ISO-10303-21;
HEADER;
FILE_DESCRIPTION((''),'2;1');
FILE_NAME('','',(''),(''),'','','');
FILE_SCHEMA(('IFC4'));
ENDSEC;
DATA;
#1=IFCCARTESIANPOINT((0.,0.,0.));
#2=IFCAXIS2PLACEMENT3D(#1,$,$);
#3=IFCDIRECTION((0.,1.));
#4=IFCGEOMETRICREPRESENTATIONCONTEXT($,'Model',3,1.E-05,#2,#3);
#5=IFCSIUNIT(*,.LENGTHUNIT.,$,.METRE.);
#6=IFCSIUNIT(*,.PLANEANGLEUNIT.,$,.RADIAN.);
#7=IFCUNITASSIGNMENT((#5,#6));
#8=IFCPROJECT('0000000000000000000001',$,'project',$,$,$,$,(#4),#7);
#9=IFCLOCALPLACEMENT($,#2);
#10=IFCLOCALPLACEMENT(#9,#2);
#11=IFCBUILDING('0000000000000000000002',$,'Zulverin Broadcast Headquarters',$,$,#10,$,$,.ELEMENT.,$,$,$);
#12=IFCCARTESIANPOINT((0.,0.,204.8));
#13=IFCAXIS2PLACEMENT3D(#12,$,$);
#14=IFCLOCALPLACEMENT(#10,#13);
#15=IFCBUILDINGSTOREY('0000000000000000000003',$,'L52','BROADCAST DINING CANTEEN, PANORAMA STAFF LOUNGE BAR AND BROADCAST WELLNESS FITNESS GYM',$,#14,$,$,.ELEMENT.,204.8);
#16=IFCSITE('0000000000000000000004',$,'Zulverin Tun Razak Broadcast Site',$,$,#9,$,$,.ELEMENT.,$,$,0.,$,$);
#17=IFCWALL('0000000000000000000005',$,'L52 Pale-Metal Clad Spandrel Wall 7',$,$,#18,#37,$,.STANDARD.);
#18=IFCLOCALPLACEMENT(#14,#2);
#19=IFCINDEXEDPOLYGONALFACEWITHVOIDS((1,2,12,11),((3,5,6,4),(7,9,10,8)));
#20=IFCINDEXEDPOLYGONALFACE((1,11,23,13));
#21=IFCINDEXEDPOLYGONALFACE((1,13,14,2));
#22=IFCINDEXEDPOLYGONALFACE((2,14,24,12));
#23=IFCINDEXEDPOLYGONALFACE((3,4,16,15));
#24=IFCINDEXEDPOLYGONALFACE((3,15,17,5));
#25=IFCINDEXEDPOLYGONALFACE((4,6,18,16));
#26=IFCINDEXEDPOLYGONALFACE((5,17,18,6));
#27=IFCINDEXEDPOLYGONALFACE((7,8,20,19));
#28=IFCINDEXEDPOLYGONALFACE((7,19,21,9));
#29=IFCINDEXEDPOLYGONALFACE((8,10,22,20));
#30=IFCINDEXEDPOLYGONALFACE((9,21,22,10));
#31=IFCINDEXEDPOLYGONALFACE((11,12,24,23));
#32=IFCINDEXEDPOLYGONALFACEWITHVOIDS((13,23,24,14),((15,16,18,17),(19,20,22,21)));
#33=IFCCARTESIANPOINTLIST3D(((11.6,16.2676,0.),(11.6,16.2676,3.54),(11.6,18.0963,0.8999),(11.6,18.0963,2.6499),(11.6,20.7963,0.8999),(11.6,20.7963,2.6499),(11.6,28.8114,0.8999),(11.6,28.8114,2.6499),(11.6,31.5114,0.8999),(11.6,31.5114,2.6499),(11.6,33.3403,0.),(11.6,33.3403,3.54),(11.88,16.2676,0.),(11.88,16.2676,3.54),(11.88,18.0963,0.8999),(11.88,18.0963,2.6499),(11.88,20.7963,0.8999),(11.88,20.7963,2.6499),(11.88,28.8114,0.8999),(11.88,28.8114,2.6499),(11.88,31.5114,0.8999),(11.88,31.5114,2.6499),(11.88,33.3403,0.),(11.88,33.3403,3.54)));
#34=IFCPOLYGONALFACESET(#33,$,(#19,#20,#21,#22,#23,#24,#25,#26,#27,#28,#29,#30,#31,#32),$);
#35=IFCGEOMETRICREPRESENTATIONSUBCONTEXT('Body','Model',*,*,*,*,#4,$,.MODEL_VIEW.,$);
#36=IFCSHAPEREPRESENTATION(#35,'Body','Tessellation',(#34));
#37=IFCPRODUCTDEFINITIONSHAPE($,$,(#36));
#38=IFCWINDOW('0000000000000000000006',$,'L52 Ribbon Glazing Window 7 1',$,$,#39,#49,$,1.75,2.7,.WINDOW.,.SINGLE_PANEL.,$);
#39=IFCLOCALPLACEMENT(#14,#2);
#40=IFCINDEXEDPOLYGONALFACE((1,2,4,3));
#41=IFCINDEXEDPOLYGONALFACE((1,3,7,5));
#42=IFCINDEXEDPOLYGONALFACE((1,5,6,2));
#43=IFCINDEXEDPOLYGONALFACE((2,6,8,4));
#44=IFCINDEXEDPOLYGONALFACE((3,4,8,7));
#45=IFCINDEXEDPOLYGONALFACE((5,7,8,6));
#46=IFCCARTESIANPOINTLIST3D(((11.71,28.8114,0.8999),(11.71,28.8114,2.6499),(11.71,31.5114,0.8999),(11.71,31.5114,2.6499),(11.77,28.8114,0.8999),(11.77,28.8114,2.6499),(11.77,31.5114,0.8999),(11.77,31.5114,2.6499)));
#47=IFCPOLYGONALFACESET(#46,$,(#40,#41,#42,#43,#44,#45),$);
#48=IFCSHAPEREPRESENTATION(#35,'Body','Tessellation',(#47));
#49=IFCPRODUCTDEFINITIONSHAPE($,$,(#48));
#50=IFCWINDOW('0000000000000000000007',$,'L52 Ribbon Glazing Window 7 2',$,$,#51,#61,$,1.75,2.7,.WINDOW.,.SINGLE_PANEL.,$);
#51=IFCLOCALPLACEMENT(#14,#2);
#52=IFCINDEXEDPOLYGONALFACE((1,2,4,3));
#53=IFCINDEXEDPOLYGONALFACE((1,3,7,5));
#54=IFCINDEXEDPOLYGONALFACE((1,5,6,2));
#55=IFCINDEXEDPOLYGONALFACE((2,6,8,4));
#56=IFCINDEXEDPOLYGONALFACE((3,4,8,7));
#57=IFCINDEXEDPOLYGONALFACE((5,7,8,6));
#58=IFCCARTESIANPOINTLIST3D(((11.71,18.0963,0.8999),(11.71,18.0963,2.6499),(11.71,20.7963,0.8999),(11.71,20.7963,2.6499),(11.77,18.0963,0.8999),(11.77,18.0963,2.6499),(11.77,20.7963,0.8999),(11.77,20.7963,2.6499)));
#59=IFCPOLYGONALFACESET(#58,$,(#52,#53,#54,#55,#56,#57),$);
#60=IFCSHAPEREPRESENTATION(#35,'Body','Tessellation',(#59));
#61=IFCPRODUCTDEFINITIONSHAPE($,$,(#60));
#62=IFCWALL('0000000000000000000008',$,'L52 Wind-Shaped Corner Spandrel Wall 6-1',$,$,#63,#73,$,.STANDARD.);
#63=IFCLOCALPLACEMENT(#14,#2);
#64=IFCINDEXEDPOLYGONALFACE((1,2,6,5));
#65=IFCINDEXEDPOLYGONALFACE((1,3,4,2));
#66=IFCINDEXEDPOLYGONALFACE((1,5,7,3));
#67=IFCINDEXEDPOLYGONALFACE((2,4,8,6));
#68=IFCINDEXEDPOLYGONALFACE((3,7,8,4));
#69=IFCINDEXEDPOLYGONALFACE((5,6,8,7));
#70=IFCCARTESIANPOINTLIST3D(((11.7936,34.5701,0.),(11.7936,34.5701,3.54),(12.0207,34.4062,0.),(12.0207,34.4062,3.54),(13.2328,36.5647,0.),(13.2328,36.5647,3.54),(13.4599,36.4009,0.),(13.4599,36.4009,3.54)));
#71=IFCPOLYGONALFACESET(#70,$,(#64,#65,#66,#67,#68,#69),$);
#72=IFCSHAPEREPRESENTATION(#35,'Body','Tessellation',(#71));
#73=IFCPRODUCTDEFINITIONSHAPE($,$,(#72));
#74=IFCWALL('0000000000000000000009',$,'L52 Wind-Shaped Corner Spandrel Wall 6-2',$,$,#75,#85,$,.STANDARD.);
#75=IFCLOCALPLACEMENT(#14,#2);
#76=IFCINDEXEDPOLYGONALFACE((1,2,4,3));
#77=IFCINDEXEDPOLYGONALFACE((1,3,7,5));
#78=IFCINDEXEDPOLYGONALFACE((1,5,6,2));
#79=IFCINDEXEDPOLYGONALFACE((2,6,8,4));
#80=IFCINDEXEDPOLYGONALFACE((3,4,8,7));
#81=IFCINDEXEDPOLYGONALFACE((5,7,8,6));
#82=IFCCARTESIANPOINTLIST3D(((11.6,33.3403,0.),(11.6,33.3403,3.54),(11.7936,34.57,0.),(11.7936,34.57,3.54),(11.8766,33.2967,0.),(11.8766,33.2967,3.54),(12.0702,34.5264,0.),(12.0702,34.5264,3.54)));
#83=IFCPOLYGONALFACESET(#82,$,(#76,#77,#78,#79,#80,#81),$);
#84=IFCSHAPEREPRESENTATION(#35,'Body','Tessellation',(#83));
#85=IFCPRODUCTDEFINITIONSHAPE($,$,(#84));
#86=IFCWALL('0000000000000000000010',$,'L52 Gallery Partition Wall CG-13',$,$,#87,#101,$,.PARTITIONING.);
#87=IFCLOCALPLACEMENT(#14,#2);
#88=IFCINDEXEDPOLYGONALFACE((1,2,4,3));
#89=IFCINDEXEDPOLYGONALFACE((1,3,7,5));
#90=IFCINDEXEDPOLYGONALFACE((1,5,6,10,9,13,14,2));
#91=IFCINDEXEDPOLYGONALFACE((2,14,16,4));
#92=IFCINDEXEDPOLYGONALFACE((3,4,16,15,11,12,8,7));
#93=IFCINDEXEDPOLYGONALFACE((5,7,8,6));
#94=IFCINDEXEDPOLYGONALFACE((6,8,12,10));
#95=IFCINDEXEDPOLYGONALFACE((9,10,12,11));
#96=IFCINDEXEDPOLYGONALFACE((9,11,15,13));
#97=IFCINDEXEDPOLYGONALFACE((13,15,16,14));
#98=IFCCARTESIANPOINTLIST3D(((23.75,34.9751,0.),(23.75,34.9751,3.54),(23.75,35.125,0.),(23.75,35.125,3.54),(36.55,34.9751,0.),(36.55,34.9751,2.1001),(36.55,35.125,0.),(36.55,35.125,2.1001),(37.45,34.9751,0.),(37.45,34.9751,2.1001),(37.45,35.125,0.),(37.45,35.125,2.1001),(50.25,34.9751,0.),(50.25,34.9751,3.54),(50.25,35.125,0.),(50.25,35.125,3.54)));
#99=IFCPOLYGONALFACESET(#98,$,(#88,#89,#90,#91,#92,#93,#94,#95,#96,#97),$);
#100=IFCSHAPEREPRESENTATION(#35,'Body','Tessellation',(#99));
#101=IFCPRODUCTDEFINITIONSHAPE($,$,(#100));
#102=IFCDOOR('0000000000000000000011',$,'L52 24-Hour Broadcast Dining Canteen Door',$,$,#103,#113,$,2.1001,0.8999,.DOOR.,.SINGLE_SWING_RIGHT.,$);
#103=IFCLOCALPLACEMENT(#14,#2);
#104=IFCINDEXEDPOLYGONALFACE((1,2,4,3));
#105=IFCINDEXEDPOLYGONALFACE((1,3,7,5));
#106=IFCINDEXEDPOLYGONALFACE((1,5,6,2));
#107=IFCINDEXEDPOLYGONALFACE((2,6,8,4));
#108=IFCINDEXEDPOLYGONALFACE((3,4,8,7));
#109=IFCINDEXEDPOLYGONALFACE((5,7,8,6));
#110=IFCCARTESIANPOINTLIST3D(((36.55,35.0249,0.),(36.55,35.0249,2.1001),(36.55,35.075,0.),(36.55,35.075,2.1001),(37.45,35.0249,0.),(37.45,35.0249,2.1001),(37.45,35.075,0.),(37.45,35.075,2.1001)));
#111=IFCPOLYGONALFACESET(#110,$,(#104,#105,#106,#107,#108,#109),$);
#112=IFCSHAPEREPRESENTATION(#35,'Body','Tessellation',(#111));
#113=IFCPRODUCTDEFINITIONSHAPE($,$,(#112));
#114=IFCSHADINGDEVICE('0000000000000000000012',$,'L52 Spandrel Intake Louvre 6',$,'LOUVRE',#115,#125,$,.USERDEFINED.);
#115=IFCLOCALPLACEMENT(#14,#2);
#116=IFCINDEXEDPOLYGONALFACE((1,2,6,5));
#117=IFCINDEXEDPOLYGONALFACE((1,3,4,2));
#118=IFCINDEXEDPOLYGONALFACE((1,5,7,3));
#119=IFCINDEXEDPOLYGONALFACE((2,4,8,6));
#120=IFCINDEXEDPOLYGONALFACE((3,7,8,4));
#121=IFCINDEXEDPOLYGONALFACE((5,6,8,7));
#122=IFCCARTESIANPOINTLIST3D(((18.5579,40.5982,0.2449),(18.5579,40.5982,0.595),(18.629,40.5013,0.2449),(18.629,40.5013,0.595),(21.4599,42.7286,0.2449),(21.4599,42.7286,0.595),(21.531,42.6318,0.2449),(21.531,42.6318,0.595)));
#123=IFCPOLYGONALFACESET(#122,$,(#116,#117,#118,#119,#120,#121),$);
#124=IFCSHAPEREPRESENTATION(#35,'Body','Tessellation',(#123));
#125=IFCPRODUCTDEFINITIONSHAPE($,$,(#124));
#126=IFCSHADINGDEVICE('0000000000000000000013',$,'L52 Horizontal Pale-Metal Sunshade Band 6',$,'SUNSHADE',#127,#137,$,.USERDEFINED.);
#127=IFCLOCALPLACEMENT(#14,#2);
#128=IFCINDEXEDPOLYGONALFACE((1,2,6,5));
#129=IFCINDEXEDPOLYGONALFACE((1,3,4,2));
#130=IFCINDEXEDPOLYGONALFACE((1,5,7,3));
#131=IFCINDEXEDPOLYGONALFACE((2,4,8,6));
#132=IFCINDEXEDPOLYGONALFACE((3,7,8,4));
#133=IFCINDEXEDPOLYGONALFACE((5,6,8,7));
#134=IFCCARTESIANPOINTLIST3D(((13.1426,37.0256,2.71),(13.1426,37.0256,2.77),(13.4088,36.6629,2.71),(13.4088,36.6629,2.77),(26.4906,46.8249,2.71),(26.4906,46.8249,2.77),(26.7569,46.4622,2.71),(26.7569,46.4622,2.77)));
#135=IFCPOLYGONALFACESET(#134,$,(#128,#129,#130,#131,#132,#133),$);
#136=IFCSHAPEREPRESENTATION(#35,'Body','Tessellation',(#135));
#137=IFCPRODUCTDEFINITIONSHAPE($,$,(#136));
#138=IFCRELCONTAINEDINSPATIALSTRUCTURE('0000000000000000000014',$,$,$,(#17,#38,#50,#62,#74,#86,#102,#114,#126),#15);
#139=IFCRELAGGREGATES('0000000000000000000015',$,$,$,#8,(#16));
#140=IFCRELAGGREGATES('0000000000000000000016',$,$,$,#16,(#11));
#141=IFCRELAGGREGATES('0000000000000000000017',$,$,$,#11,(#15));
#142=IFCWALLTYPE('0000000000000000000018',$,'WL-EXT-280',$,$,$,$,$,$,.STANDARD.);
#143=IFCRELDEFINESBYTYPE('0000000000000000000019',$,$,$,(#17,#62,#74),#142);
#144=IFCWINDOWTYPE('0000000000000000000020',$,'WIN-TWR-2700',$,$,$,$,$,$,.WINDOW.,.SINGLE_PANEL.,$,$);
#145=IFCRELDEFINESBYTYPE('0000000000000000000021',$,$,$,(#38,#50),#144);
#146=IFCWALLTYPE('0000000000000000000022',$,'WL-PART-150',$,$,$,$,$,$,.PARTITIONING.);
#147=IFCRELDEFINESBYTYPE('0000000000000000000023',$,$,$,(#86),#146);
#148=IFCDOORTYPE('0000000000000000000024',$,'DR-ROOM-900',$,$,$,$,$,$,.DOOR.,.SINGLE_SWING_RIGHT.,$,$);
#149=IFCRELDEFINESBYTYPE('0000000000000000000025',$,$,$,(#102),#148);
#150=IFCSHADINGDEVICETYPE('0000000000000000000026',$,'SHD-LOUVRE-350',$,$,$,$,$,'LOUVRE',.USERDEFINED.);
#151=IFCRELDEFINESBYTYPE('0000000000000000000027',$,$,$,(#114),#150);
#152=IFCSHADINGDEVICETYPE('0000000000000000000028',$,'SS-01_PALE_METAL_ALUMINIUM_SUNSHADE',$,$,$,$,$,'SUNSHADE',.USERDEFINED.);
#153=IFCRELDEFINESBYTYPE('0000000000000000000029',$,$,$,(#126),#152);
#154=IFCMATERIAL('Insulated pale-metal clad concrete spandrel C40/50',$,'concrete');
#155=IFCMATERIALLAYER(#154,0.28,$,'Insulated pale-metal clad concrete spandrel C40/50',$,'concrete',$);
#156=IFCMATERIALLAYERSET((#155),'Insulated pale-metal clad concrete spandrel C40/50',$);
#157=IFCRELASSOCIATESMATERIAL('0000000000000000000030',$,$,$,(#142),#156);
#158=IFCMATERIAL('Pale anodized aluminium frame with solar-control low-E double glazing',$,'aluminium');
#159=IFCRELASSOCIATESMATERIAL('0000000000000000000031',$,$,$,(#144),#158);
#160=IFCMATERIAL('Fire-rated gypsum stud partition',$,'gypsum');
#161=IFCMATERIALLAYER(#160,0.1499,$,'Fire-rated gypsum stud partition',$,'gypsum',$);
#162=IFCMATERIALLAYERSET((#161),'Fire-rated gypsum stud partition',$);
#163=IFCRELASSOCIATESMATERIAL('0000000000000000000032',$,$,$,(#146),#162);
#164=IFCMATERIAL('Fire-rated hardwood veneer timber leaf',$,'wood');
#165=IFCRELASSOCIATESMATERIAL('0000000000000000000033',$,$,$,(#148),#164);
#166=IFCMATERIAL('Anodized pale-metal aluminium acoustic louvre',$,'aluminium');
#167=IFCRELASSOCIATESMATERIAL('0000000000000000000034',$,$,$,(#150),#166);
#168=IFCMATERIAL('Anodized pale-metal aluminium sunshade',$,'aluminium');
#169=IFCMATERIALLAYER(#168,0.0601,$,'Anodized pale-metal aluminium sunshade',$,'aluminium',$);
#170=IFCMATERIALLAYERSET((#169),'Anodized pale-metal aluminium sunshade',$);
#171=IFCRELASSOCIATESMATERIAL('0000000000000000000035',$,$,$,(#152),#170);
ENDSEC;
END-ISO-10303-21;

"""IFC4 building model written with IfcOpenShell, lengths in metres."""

from ifc_helpers import new_model, si_unit, direction, frame, frame_2d, origin, origin_2d, place, context, subcontext, project, spatial, rectangle, extrude, material, layer, layer_set, type_object, element, fill, save


model = new_model("IFC4")

# Units and contexts
model_context = context("Model", 3, precision=1e-05, world=origin(), true_north=direction((0.0, 1.0)))
body_context = subcontext(model_context, "Body", "Model", "MODEL_VIEW")
ifc_project = project(units=[si_unit("LENGTHUNIT", "METRE"), si_unit("PLANEANGLEUNIT", "RADIAN")], contexts=[model_context])

# Site, building, storey
site_placement = place(None, origin())
site = spatial("IfcSite", under=ifc_project, at=site_placement, Name="Zulverin Tun Razak Broadcast Site", CompositionType="ELEMENT", RefElevation=0.0)
building_placement = place(site_placement, origin())
building = spatial("IfcBuilding", under=site, at=building_placement, Name="Zulverin Broadcast Headquarters", CompositionType="ELEMENT")
storey_placement = place(building_placement, frame((0.0, 0.0, 204.8)))
storey = spatial("IfcBuildingStorey", under=building, at=storey_placement, Name="L52", Description="BROADCAST DINING CANTEEN, PANORAMA STAFF LOUNGE BAR AND BROADCAST WELLNESS FITNESS GYM", CompositionType="ELEMENT", Elevation=204.8)

# Wall, openings, windows
ifc_material_1 = material(Name="Insulated pale-metal clad concrete spandrel C40/50", Category="concrete")
ifc_layer_1 = layer(ifc_material_1, 0.28, Name="Insulated pale-metal clad concrete spandrel C40/50", Category="concrete")
ifc_layer_set_1 = layer_set([ifc_layer_1], Name="Insulated pale-metal clad concrete spandrel C40/50")
wall_type_1 = type_object("IfcWallType", Name="WL-EXT-280", PredefinedType="STANDARD", material=ifc_layer_set_1)
wall_1_placement = place(storey_placement, frame((11.74, 33.3403, 0.0), z_axis=(0.0, 0.0, 1.0), x_axis=(0.0, -1.0, 0.0)))
wall_1 = element("IfcWall", 1, at=wall_1_placement, inside=storey, type_object=wall_type_1, Name="L52 Pale-Metal Clad Spandrel Wall 7", PredefinedType="STANDARD", context=body_context, shape_type="SweptSolid", body=[
    extrude(rectangle(XDim=17.0728, YDim=0.28, at=frame_2d((8.5364, 0.0))), origin(), (0.0, 0.0, 1.0), 3.54),
])
opening_1_placement = place(wall_1_placement, frame((1.8289, 0.0, 0.8999)))
opening_1 = element("IfcOpeningElement", 2, at=opening_1_placement, cuts=wall_1, PredefinedType="OPENING", context=body_context, shape_type="SweptSolid", body=[
    extrude(rectangle(XDim=2.7, YDim=1.75, at=frame_2d((1.3501, 0.875))), frame((0.0, 0.1499, 0.0), z_axis=(0.0, -1.0, 0.0), x_axis=(1.0, 0.0, 0.0)), (0.0, 0.0, 1.0), 0.3),
])
opening_2_placement = place(wall_1_placement, frame((12.5439, 0.0, 0.8999)))
opening_2 = element("IfcOpeningElement", 3, at=opening_2_placement, cuts=wall_1, PredefinedType="OPENING", context=body_context, shape_type="SweptSolid", body=[
    extrude(rectangle(XDim=2.7, YDim=1.75, at=frame_2d((1.3501, 0.875))), frame((0.0, 0.1499, 0.0), z_axis=(0.0, -1.0, 0.0), x_axis=(1.0, 0.0, 0.0)), (0.0, 0.0, 1.0), 0.3),
])
ifc_material_2 = material(Name="Pale anodized aluminium frame with solar-control low-E double glazing", Category="aluminium")
window_type = type_object("IfcWindowType", Name="WIN-TWR-2700", PartitioningType="SINGLE_PANEL", PredefinedType="WINDOW", material=ifc_material_2)
window_1_placement = place(opening_1_placement, origin())
window_1 = element("IfcWindow", 4, at=window_1_placement, inside=storey, type_object=window_type, Name="L52 Ribbon Glazing Window 7 1", OverallHeight=1.75, OverallWidth=2.7, PartitioningType="SINGLE_PANEL", PredefinedType="WINDOW", context=body_context, shape_type="SweptSolid", body=[
    extrude(rectangle(XDim=2.7, YDim=1.75, at=frame_2d((1.3501, 0.875))), frame((0.0, 0.03, 0.0), z_axis=(0.0, -1.0, 0.0), x_axis=(1.0, 0.0, 0.0)), (0.0, 0.0, 1.0), 0.0601),
])
fill(opening_1, window_1)
window_2_placement = place(opening_2_placement, origin())
window_2 = element("IfcWindow", 5, at=window_2_placement, inside=storey, type_object=window_type, Name="L52 Ribbon Glazing Window 7 2", OverallHeight=1.75, OverallWidth=2.7, PartitioningType="SINGLE_PANEL", PredefinedType="WINDOW", context=body_context, shape_type="SweptSolid", body=[
    extrude(rectangle(XDim=2.7, YDim=1.75, at=frame_2d((1.3501, 0.875))), frame((0.0, 0.03, 0.0), z_axis=(0.0, -1.0, 0.0), x_axis=(1.0, 0.0, 0.0)), (0.0, 0.0, 1.0), 0.0601),
])
fill(opening_2, window_2)

# Walls
wall_2_placement = place(storey_placement, frame((13.3464, 36.4829, 0.0), z_axis=(0.0, 0.0, 1.0), x_axis=(-0.585128, -0.810941, 0.0)))
element("IfcWall", 6, at=wall_2_placement, inside=storey, type_object=wall_type_1, Name="L52 Wind-Shaped Corner Spandrel Wall 6-1", PredefinedType="STANDARD", context=body_context, shape_type="SweptSolid", body=[
    extrude(rectangle(XDim=2.4597, YDim=0.28, at=frame_2d((1.23, 0.0))), origin(), (0.0, 0.0, 1.0), 3.54),
])
wall_3_placement = place(storey_placement, frame((11.9319, 34.5483, 0.0), z_axis=(0.0, 0.0, 1.0), x_axis=(-0.155519, -0.987833, 0.0)))
element("IfcWall", 7, at=wall_3_placement, inside=storey, type_object=wall_type_1, Name="L52 Wind-Shaped Corner Spandrel Wall 6-2", PredefinedType="STANDARD", context=body_context, shape_type="SweptSolid", body=[
    extrude(rectangle(XDim=1.2449, YDim=0.28, at=frame_2d((0.6226, 0.0))), origin(), (0.0, 0.0, 1.0), 3.54),
])

# Wall, opening, door
ifc_material_3 = material(Name="Fire-rated gypsum stud partition", Category="gypsum")
ifc_layer_2 = layer(ifc_material_3, 0.1499, Name="Fire-rated gypsum stud partition", Category="gypsum")
ifc_layer_set_2 = layer_set([ifc_layer_2], Name="Fire-rated gypsum stud partition")
wall_type_2 = type_object("IfcWallType", Name="WL-PART-150", PredefinedType="PARTITIONING", material=ifc_layer_set_2)
wall_4_placement = place(storey_placement, frame((23.75, 35.05, 0.0), z_axis=(0.0, 0.0, 1.0), x_axis=(1.0, 0.0, 0.0)))
wall_4 = element("IfcWall", 8, at=wall_4_placement, inside=storey, type_object=wall_type_2, Name="L52 Gallery Partition Wall CG-13", PredefinedType="PARTITIONING", context=body_context, shape_type="SweptSolid", body=[
    extrude(rectangle(XDim=26.5, YDim=0.1499, at=frame_2d((13.25, 0.0))), origin(), (0.0, 0.0, 1.0), 3.54),
])
opening_3_placement = place(wall_4_placement, frame((12.8, 0.0, 0.0)))
opening_3 = element("IfcOpeningElement", 9, at=opening_3_placement, cuts=wall_4, PredefinedType="OPENING", context=body_context, shape_type="SweptSolid", body=[
    extrude(rectangle(XDim=0.8999, YDim=2.1001, at=frame_2d((0.45, 1.05))), frame((0.0, 0.085, 0.0), z_axis=(0.0, -1.0, 0.0), x_axis=(1.0, 0.0, 0.0)), (0.0, 0.0, 1.0), 0.1699),
])
ifc_material_4 = material(Name="Fire-rated hardwood veneer timber leaf", Category="wood")
door_type = type_object("IfcDoorType", Name="DR-ROOM-900", OperationType="SINGLE_SWING_RIGHT", PredefinedType="DOOR", material=ifc_material_4)
door_placement = place(opening_3_placement, origin())
door = element("IfcDoor", 10, at=door_placement, inside=storey, type_object=door_type, Name="L52 24-Hour Broadcast Dining Canteen Door", OperationType="SINGLE_SWING_RIGHT", OverallHeight=2.1001, OverallWidth=0.8999, PredefinedType="DOOR", context=body_context, shape_type="SweptSolid", body=[
    extrude(rectangle(XDim=0.8999, YDim=2.1001, at=frame_2d((0.45, 1.05))), frame((0.0, 0.0249, 0.0), z_axis=(0.0, -1.0, 0.0), x_axis=(1.0, 0.0, 0.0)), (0.0, 0.0, 1.0), 0.05),
])
fill(opening_3, door)

# Shading devices
ifc_material_5 = material(Name="Anodized pale-metal aluminium acoustic louvre", Category="aluminium")
shading_device_type_1 = type_object("IfcShadingDeviceType", Name="SHD-LOUVRE-350", ElementType="LOUVRE", PredefinedType="USERDEFINED", material=ifc_material_5)
shading_device_1_placement = place(storey_placement, frame((20.0444, 41.615, 0.2449), z_axis=(0.0, 0.0, 1.0), x_axis=(-0.806097, -0.591784, 0.0)))
element("IfcShadingDevice", 11, at=shading_device_1_placement, inside=storey, type_object=shading_device_type_1, Name="L52 Spandrel Intake Louvre 6", ObjectType="LOUVRE", PredefinedType="USERDEFINED", context=body_context, shape_type="SweptSolid", body=[
    extrude(rectangle(XDim=3.6001, YDim=0.1201, at=origin_2d()), origin(), (0.0, 0.0, 1.0), 0.3501),
])
ifc_material_6 = material(Name="Anodized pale-metal aluminium sunshade", Category="aluminium")
ifc_layer_3 = layer(ifc_material_6, 0.0601, Name="Anodized pale-metal aluminium sunshade", Category="aluminium")
ifc_layer_set_3 = layer_set([ifc_layer_3], Name="Anodized pale-metal aluminium sunshade")
shading_device_type_2 = type_object("IfcShadingDeviceType", Name="SS-01_PALE_METAL_ALUMINIUM_SUNSHADE", ElementType="SUNSHADE", PredefinedType="USERDEFINED", material=ifc_layer_set_3)
shading_device_2_placement = place(storey_placement, frame((19.9497, 41.7439, 2.71), z_axis=(0.0, 0.0, 1.0), x_axis=(-0.806097, -0.591784, 0.0)))
element("IfcShadingDevice", 12, at=shading_device_2_placement, inside=storey, type_object=shading_device_type_2, Name="L52 Horizontal Pale-Metal Sunshade Band 6", ObjectType="SUNSHADE", PredefinedType="USERDEFINED", context=body_context, shape_type="SweptSolid", body=[
    extrude(rectangle(XDim=16.5588, YDim=0.45, at=origin_2d()), origin(), (0.0, 0.0, 1.0), 0.0601),
])

save(model, "model.ifc")
